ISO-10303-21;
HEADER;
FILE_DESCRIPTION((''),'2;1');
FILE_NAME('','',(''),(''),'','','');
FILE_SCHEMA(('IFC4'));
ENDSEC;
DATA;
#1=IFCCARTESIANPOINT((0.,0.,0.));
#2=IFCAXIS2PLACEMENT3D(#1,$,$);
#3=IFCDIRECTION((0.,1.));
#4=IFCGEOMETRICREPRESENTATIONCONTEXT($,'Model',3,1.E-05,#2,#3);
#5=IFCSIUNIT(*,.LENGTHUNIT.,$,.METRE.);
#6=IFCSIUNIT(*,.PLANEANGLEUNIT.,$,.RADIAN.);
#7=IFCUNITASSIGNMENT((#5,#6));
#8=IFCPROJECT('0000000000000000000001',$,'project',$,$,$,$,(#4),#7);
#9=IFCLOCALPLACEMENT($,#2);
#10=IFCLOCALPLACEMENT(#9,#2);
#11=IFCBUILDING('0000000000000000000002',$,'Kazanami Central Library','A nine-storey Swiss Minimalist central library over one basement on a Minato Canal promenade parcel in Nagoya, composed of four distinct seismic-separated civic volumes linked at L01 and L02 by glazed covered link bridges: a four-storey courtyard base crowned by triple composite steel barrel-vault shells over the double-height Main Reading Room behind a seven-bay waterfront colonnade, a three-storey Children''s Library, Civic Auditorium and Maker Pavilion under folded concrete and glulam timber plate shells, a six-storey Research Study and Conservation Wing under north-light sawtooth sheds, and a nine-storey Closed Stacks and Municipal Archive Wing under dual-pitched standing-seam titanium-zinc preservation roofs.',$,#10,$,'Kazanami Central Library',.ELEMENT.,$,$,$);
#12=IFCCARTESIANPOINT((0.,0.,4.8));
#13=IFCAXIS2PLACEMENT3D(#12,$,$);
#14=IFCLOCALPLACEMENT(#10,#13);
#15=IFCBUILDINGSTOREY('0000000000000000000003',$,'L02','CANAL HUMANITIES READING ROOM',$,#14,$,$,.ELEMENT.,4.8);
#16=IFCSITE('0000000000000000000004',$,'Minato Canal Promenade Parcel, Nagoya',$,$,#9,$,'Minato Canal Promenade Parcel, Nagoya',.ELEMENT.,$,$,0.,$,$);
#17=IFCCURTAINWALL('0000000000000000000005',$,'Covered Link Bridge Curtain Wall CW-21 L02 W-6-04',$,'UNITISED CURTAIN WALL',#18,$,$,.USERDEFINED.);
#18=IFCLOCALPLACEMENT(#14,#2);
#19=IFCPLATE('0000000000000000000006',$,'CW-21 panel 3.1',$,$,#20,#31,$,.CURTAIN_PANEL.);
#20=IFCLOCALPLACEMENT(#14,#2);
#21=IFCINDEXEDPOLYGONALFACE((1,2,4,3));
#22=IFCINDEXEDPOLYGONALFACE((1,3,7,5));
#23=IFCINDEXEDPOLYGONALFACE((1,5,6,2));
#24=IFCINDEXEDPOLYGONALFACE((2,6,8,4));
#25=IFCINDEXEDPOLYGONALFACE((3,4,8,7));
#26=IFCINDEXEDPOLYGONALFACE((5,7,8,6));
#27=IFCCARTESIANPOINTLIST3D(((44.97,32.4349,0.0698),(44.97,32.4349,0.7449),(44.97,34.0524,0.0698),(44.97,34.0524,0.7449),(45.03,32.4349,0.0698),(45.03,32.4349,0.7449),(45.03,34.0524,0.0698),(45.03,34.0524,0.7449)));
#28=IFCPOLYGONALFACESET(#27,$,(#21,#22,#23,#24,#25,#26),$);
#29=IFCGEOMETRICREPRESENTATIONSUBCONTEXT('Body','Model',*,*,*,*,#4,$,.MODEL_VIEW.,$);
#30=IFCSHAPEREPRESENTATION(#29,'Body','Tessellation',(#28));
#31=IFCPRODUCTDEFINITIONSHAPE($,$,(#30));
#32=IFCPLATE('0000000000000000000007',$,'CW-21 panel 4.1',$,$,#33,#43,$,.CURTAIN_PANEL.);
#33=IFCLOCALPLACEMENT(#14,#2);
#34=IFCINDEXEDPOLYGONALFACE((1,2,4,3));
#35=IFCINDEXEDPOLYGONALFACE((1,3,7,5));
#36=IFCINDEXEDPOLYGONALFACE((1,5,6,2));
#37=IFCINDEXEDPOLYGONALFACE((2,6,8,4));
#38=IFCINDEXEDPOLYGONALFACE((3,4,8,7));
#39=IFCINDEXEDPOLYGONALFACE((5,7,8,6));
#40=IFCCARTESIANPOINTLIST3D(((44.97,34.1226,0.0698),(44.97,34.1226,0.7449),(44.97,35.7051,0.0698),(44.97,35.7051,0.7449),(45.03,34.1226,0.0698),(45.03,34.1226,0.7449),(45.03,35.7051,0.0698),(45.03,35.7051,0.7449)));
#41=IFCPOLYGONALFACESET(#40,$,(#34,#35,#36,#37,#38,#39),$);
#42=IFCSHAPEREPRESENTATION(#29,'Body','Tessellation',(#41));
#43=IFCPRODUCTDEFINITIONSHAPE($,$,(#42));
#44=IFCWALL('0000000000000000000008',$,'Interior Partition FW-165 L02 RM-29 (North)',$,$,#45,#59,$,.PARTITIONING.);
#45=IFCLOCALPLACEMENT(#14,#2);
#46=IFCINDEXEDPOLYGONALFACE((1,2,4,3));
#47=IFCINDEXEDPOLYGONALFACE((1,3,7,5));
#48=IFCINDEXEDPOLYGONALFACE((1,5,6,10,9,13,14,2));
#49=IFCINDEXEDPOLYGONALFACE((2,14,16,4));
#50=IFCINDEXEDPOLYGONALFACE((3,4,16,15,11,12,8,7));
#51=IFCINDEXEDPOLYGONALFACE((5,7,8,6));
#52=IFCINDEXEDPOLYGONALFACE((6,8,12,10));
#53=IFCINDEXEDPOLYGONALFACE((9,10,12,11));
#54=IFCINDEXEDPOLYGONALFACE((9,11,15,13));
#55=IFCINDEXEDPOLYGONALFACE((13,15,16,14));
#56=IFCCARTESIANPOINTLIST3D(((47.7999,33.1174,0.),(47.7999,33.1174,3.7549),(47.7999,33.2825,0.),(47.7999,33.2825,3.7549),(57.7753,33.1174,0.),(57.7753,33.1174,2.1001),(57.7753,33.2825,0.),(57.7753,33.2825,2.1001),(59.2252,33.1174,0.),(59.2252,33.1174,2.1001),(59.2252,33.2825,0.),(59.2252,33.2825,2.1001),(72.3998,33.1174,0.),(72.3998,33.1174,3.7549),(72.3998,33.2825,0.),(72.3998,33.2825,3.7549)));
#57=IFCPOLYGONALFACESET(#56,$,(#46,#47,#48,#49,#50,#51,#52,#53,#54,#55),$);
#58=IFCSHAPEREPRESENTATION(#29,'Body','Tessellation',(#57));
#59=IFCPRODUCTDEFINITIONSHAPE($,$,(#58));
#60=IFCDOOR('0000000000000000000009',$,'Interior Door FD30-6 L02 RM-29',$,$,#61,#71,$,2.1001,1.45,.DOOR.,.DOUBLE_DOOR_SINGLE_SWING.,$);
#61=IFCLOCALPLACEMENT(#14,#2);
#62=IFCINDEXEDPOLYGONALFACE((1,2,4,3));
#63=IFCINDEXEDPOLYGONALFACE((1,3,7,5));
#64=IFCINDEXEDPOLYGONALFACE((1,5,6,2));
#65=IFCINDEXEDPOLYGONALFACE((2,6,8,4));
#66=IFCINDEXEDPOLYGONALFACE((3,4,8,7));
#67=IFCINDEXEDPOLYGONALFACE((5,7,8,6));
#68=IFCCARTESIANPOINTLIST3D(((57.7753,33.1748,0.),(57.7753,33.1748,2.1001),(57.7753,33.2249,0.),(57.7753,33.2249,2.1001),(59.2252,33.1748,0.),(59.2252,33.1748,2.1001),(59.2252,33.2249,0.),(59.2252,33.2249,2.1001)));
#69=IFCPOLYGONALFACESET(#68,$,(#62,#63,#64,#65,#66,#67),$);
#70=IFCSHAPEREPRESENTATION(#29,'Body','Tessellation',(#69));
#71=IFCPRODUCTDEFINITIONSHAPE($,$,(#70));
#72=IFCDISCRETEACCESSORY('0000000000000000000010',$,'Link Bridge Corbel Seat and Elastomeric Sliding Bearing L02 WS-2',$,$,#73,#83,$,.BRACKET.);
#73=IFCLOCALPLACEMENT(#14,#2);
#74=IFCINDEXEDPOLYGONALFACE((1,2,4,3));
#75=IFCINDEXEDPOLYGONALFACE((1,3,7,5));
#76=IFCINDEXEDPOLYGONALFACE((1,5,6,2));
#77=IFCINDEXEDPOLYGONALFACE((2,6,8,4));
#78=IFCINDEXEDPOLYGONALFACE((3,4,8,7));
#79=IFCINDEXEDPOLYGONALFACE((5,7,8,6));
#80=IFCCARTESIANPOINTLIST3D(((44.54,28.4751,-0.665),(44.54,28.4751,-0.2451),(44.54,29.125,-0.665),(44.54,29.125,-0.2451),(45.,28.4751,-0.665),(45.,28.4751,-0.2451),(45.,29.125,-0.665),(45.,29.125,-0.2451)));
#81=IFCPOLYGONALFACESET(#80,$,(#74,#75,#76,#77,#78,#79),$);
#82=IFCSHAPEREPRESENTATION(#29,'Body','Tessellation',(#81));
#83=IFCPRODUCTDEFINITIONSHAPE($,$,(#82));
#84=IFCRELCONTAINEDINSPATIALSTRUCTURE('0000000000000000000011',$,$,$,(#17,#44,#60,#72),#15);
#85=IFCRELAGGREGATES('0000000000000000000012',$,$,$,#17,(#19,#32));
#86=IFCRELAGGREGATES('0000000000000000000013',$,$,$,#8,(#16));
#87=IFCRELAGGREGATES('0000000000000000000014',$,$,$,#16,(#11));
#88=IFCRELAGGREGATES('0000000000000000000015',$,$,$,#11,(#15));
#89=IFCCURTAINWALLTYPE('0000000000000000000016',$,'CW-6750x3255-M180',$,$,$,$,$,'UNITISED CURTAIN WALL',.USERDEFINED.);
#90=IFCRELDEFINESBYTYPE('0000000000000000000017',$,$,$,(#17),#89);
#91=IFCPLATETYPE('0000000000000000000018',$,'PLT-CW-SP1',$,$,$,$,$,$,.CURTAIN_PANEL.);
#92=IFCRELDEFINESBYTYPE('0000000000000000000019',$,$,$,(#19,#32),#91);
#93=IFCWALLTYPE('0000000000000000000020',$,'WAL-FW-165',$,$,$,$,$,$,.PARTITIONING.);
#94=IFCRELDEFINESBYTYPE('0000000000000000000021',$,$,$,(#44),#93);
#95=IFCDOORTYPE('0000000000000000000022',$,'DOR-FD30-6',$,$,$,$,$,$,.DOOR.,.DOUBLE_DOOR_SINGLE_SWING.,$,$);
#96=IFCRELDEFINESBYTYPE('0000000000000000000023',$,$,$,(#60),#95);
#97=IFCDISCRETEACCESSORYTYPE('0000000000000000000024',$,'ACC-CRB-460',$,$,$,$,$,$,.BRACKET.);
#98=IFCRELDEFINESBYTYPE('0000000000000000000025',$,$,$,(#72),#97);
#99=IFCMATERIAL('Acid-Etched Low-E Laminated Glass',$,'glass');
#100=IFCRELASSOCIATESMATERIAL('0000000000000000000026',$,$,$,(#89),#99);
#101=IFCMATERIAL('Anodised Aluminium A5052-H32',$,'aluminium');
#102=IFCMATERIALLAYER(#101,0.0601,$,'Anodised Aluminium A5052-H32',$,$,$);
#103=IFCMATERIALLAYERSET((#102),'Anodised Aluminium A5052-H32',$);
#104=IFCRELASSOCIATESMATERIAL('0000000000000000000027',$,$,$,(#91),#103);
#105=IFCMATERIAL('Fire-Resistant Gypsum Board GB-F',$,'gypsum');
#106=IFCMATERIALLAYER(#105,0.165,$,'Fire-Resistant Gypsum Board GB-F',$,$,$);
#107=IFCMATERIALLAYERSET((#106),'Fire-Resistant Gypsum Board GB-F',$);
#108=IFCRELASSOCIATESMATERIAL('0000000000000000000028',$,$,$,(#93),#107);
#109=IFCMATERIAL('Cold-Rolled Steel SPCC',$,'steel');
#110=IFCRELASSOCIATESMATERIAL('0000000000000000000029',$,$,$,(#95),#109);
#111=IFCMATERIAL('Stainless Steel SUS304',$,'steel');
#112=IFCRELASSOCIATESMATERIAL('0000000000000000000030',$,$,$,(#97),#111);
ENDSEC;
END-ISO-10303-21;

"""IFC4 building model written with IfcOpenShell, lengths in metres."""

from ifc_helpers import new_model, si_unit, direction, frame, frame_2d, origin, origin_2d, place, context, subcontext, project, spatial, rectangle, extrude, material, layer, layer_set, type_object, element, fill, aggregate, save


model = new_model("IFC4")

# Units and contexts
model_context = context("Model", 3, precision=1e-05, world=origin(), true_north=direction((0.0, 1.0)))
body_context = subcontext(model_context, "Body", "Model", "MODEL_VIEW")
ifc_project = project(units=[si_unit("LENGTHUNIT", "METRE"), si_unit("PLANEANGLEUNIT", "RADIAN")], contexts=[model_context])

# Site, building, storey
site_placement = place(None, origin())
site = spatial("IfcSite", under=ifc_project, at=site_placement, Name="Minato Canal Promenade Parcel, Nagoya", LongName="Minato Canal Promenade Parcel, Nagoya", CompositionType="ELEMENT", RefElevation=0.0)
building_placement = place(site_placement, origin())
building = spatial("IfcBuilding", under=site, at=building_placement, Name="Kazanami Central Library", Description="A nine-storey Swiss Minimalist central library over one basement on a Minato Canal promenade parcel in Nagoya, composed of four distinct seismic-separated civic volumes linked at L01 and L02 by glazed covered link bridges: a four-storey courtyard base crowned by triple composite steel barrel-vault shells over the double-height Main Reading Room behind a seven-bay waterfront colonnade, a three-storey Children's Library, Civic Auditorium and Maker Pavilion under folded concrete and glulam timber plate shells, a six-storey Research Study and Conservation Wing under north-light sawtooth sheds, and a nine-storey Closed Stacks and Municipal Archive Wing under dual-pitched standing-seam titanium-zinc preservation roofs.", LongName="Kazanami Central Library", CompositionType="ELEMENT")
storey_placement = place(building_placement, frame((0.0, 0.0, 4.8)))
storey = spatial("IfcBuildingStorey", under=building, at=storey_placement, Name="L02", Description="CANAL HUMANITIES READING ROOM", CompositionType="ELEMENT", Elevation=4.8)

# Curtain wall
ifc_material_1 = material(Name="Acid-Etched Low-E Laminated Glass", Category="glass")
curtain_wall_type_1 = type_object("IfcCurtainWallType", Name="CW-6750x3255-M180", ElementType="UNITISED CURTAIN WALL", PredefinedType="USERDEFINED", material=ifc_material_1)
curtain_wall_1_placement = place(storey_placement, origin())
curtain_wall_1 = element("IfcCurtainWall", 1, at=curtain_wall_1_placement, inside=storey, type_object=curtain_wall_type_1, Name="Covered Link Bridge Curtain Wall CW-21 L02 W-6-04", ObjectType="UNITISED CURTAIN WALL", PredefinedType="USERDEFINED")

# Plates
ifc_material_2 = material(Name="Anodised Aluminium A5052-H32", Category="aluminium")
ifc_layer_1 = layer(ifc_material_2, 0.0601, Name="Anodised Aluminium A5052-H32")
ifc_layer_set_1 = layer_set([ifc_layer_1], Name="Anodised Aluminium A5052-H32")
plate_type_1 = type_object("IfcPlateType", Name="PLT-CW-SP1", PredefinedType="CURTAIN_PANEL", material=ifc_layer_set_1)
plate_1_placement = place(storey_placement, frame((45.0, 33.2437, 0.0698), z_axis=(0.0, 0.0, 1.0), x_axis=(0.0, 1.0, 0.0)))
plate_1 = element("IfcPlate", 2, at=plate_1_placement, type_object=plate_type_1, Name="CW-21 panel 3.1", PredefinedType="CURTAIN_PANEL", context=body_context, shape_type="SweptSolid", body=[
    extrude(rectangle(XDim=1.6174, YDim=0.0601, at=origin_2d()), origin(), (0.0, 0.0, 1.0), 0.675),
])
plate_2_placement = place(storey_placement, frame((45.0, 34.9138, 0.0698), z_axis=(0.0, 0.0, 1.0), x_axis=(0.0, 1.0, 0.0)))
plate_2 = element("IfcPlate", 3, at=plate_2_placement, type_object=plate_type_1, Name="CW-21 panel 4.1", PredefinedType="CURTAIN_PANEL", context=body_context, shape_type="SweptSolid", body=[
    extrude(rectangle(XDim=1.5825, YDim=0.0601, at=origin_2d()), origin(), (0.0, 0.0, 1.0), 0.675),
])
aggregate(curtain_wall_1, [plate_1, plate_2])

# Wall, opening, door
ifc_material_3 = material(Name="Fire-Resistant Gypsum Board GB-F", Category="gypsum")
ifc_layer_2 = layer(ifc_material_3, 0.165, Name="Fire-Resistant Gypsum Board GB-F")
ifc_layer_set_2 = layer_set([ifc_layer_2], Name="Fire-Resistant Gypsum Board GB-F")
wall_type = type_object("IfcWallType", Name="WAL-FW-165", PredefinedType="PARTITIONING", material=ifc_layer_set_2)
wall_placement = place(storey_placement, frame((47.8, 33.2, 0.0), z_axis=(0.0, 0.0, 1.0), x_axis=(1.0, 0.0, 0.0)))
wall = element("IfcWall", 4, at=wall_placement, inside=storey, type_object=wall_type, Name="Interior Partition FW-165 L02 RM-29 (North)", PredefinedType="PARTITIONING", context=body_context, shape_type="SweptSolid", body=[
    extrude(rectangle(XDim=24.5999, YDim=0.165, at=frame_2d((12.2998, 0.0))), origin(), (0.0, 0.0, 1.0), 3.7549),
])
opening_placement = place(wall_placement, frame((9.9751, 0.0, 0.0)))
opening = element("IfcOpeningElement", 5, at=opening_placement, cuts=wall, PredefinedType="OPENING", context=body_context, shape_type="SweptSolid", body=[
    extrude(rectangle(XDim=1.45, YDim=2.1001, at=frame_2d((0.7251, 1.05))), frame((0.0, 0.0945, 0.0), z_axis=(0.0, -1.0, 0.0), x_axis=(1.0, 0.0, 0.0)), (0.0, 0.0, 1.0), 0.189),
])
ifc_material_4 = material(Name="Cold-Rolled Steel SPCC", Category="steel")
door_type = type_object("IfcDoorType", Name="DOR-FD30-6", OperationType="DOUBLE_DOOR_SINGLE_SWING", PredefinedType="DOOR", material=ifc_material_4)
door_placement = place(opening_placement, origin())
door = element("IfcDoor", 6, at=door_placement, inside=storey, type_object=door_type, Name="Interior Door FD30-6 L02 RM-29", OperationType="DOUBLE_DOOR_SINGLE_SWING", OverallHeight=2.1001, OverallWidth=1.45, PredefinedType="DOOR", context=body_context, shape_type="SweptSolid", body=[
    extrude(rectangle(XDim=1.45, YDim=2.1001, at=frame_2d((0.7251, 1.05))), frame((0.0, 0.0249, 0.0), z_axis=(0.0, -1.0, 0.0), x_axis=(1.0, 0.0, 0.0)), (0.0, 0.0, 1.0), 0.05),
])
fill(opening, door)

# Discrete accessory
ifc_material_5 = material(Name="Stainless Steel SUS304", Category="steel")
discrete_accessory_type = type_object("IfcDiscreteAccessoryType", Name="ACC-CRB-460", PredefinedType="BRACKET", material=ifc_material_5)
discrete_accessory_placement = place(storey_placement, frame((44.77, 28.8, -0.665), z_axis=(0.0, 0.0, 1.0), x_axis=(1.0, 0.0, 0.0)))
element("IfcDiscreteAccessory", 7, at=discrete_accessory_placement, inside=storey, type_object=discrete_accessory_type, Name="Link Bridge Corbel Seat and Elastomeric Sliding Bearing L02 WS-2", PredefinedType="BRACKET", context=body_context, shape_type="SweptSolid", body=[
    extrude(rectangle(XDim=0.46, YDim=0.6499, at=origin_2d()), origin(), (0.0, 0.0, 1.0), 0.4199),
])

save(model, "model.ifc")
